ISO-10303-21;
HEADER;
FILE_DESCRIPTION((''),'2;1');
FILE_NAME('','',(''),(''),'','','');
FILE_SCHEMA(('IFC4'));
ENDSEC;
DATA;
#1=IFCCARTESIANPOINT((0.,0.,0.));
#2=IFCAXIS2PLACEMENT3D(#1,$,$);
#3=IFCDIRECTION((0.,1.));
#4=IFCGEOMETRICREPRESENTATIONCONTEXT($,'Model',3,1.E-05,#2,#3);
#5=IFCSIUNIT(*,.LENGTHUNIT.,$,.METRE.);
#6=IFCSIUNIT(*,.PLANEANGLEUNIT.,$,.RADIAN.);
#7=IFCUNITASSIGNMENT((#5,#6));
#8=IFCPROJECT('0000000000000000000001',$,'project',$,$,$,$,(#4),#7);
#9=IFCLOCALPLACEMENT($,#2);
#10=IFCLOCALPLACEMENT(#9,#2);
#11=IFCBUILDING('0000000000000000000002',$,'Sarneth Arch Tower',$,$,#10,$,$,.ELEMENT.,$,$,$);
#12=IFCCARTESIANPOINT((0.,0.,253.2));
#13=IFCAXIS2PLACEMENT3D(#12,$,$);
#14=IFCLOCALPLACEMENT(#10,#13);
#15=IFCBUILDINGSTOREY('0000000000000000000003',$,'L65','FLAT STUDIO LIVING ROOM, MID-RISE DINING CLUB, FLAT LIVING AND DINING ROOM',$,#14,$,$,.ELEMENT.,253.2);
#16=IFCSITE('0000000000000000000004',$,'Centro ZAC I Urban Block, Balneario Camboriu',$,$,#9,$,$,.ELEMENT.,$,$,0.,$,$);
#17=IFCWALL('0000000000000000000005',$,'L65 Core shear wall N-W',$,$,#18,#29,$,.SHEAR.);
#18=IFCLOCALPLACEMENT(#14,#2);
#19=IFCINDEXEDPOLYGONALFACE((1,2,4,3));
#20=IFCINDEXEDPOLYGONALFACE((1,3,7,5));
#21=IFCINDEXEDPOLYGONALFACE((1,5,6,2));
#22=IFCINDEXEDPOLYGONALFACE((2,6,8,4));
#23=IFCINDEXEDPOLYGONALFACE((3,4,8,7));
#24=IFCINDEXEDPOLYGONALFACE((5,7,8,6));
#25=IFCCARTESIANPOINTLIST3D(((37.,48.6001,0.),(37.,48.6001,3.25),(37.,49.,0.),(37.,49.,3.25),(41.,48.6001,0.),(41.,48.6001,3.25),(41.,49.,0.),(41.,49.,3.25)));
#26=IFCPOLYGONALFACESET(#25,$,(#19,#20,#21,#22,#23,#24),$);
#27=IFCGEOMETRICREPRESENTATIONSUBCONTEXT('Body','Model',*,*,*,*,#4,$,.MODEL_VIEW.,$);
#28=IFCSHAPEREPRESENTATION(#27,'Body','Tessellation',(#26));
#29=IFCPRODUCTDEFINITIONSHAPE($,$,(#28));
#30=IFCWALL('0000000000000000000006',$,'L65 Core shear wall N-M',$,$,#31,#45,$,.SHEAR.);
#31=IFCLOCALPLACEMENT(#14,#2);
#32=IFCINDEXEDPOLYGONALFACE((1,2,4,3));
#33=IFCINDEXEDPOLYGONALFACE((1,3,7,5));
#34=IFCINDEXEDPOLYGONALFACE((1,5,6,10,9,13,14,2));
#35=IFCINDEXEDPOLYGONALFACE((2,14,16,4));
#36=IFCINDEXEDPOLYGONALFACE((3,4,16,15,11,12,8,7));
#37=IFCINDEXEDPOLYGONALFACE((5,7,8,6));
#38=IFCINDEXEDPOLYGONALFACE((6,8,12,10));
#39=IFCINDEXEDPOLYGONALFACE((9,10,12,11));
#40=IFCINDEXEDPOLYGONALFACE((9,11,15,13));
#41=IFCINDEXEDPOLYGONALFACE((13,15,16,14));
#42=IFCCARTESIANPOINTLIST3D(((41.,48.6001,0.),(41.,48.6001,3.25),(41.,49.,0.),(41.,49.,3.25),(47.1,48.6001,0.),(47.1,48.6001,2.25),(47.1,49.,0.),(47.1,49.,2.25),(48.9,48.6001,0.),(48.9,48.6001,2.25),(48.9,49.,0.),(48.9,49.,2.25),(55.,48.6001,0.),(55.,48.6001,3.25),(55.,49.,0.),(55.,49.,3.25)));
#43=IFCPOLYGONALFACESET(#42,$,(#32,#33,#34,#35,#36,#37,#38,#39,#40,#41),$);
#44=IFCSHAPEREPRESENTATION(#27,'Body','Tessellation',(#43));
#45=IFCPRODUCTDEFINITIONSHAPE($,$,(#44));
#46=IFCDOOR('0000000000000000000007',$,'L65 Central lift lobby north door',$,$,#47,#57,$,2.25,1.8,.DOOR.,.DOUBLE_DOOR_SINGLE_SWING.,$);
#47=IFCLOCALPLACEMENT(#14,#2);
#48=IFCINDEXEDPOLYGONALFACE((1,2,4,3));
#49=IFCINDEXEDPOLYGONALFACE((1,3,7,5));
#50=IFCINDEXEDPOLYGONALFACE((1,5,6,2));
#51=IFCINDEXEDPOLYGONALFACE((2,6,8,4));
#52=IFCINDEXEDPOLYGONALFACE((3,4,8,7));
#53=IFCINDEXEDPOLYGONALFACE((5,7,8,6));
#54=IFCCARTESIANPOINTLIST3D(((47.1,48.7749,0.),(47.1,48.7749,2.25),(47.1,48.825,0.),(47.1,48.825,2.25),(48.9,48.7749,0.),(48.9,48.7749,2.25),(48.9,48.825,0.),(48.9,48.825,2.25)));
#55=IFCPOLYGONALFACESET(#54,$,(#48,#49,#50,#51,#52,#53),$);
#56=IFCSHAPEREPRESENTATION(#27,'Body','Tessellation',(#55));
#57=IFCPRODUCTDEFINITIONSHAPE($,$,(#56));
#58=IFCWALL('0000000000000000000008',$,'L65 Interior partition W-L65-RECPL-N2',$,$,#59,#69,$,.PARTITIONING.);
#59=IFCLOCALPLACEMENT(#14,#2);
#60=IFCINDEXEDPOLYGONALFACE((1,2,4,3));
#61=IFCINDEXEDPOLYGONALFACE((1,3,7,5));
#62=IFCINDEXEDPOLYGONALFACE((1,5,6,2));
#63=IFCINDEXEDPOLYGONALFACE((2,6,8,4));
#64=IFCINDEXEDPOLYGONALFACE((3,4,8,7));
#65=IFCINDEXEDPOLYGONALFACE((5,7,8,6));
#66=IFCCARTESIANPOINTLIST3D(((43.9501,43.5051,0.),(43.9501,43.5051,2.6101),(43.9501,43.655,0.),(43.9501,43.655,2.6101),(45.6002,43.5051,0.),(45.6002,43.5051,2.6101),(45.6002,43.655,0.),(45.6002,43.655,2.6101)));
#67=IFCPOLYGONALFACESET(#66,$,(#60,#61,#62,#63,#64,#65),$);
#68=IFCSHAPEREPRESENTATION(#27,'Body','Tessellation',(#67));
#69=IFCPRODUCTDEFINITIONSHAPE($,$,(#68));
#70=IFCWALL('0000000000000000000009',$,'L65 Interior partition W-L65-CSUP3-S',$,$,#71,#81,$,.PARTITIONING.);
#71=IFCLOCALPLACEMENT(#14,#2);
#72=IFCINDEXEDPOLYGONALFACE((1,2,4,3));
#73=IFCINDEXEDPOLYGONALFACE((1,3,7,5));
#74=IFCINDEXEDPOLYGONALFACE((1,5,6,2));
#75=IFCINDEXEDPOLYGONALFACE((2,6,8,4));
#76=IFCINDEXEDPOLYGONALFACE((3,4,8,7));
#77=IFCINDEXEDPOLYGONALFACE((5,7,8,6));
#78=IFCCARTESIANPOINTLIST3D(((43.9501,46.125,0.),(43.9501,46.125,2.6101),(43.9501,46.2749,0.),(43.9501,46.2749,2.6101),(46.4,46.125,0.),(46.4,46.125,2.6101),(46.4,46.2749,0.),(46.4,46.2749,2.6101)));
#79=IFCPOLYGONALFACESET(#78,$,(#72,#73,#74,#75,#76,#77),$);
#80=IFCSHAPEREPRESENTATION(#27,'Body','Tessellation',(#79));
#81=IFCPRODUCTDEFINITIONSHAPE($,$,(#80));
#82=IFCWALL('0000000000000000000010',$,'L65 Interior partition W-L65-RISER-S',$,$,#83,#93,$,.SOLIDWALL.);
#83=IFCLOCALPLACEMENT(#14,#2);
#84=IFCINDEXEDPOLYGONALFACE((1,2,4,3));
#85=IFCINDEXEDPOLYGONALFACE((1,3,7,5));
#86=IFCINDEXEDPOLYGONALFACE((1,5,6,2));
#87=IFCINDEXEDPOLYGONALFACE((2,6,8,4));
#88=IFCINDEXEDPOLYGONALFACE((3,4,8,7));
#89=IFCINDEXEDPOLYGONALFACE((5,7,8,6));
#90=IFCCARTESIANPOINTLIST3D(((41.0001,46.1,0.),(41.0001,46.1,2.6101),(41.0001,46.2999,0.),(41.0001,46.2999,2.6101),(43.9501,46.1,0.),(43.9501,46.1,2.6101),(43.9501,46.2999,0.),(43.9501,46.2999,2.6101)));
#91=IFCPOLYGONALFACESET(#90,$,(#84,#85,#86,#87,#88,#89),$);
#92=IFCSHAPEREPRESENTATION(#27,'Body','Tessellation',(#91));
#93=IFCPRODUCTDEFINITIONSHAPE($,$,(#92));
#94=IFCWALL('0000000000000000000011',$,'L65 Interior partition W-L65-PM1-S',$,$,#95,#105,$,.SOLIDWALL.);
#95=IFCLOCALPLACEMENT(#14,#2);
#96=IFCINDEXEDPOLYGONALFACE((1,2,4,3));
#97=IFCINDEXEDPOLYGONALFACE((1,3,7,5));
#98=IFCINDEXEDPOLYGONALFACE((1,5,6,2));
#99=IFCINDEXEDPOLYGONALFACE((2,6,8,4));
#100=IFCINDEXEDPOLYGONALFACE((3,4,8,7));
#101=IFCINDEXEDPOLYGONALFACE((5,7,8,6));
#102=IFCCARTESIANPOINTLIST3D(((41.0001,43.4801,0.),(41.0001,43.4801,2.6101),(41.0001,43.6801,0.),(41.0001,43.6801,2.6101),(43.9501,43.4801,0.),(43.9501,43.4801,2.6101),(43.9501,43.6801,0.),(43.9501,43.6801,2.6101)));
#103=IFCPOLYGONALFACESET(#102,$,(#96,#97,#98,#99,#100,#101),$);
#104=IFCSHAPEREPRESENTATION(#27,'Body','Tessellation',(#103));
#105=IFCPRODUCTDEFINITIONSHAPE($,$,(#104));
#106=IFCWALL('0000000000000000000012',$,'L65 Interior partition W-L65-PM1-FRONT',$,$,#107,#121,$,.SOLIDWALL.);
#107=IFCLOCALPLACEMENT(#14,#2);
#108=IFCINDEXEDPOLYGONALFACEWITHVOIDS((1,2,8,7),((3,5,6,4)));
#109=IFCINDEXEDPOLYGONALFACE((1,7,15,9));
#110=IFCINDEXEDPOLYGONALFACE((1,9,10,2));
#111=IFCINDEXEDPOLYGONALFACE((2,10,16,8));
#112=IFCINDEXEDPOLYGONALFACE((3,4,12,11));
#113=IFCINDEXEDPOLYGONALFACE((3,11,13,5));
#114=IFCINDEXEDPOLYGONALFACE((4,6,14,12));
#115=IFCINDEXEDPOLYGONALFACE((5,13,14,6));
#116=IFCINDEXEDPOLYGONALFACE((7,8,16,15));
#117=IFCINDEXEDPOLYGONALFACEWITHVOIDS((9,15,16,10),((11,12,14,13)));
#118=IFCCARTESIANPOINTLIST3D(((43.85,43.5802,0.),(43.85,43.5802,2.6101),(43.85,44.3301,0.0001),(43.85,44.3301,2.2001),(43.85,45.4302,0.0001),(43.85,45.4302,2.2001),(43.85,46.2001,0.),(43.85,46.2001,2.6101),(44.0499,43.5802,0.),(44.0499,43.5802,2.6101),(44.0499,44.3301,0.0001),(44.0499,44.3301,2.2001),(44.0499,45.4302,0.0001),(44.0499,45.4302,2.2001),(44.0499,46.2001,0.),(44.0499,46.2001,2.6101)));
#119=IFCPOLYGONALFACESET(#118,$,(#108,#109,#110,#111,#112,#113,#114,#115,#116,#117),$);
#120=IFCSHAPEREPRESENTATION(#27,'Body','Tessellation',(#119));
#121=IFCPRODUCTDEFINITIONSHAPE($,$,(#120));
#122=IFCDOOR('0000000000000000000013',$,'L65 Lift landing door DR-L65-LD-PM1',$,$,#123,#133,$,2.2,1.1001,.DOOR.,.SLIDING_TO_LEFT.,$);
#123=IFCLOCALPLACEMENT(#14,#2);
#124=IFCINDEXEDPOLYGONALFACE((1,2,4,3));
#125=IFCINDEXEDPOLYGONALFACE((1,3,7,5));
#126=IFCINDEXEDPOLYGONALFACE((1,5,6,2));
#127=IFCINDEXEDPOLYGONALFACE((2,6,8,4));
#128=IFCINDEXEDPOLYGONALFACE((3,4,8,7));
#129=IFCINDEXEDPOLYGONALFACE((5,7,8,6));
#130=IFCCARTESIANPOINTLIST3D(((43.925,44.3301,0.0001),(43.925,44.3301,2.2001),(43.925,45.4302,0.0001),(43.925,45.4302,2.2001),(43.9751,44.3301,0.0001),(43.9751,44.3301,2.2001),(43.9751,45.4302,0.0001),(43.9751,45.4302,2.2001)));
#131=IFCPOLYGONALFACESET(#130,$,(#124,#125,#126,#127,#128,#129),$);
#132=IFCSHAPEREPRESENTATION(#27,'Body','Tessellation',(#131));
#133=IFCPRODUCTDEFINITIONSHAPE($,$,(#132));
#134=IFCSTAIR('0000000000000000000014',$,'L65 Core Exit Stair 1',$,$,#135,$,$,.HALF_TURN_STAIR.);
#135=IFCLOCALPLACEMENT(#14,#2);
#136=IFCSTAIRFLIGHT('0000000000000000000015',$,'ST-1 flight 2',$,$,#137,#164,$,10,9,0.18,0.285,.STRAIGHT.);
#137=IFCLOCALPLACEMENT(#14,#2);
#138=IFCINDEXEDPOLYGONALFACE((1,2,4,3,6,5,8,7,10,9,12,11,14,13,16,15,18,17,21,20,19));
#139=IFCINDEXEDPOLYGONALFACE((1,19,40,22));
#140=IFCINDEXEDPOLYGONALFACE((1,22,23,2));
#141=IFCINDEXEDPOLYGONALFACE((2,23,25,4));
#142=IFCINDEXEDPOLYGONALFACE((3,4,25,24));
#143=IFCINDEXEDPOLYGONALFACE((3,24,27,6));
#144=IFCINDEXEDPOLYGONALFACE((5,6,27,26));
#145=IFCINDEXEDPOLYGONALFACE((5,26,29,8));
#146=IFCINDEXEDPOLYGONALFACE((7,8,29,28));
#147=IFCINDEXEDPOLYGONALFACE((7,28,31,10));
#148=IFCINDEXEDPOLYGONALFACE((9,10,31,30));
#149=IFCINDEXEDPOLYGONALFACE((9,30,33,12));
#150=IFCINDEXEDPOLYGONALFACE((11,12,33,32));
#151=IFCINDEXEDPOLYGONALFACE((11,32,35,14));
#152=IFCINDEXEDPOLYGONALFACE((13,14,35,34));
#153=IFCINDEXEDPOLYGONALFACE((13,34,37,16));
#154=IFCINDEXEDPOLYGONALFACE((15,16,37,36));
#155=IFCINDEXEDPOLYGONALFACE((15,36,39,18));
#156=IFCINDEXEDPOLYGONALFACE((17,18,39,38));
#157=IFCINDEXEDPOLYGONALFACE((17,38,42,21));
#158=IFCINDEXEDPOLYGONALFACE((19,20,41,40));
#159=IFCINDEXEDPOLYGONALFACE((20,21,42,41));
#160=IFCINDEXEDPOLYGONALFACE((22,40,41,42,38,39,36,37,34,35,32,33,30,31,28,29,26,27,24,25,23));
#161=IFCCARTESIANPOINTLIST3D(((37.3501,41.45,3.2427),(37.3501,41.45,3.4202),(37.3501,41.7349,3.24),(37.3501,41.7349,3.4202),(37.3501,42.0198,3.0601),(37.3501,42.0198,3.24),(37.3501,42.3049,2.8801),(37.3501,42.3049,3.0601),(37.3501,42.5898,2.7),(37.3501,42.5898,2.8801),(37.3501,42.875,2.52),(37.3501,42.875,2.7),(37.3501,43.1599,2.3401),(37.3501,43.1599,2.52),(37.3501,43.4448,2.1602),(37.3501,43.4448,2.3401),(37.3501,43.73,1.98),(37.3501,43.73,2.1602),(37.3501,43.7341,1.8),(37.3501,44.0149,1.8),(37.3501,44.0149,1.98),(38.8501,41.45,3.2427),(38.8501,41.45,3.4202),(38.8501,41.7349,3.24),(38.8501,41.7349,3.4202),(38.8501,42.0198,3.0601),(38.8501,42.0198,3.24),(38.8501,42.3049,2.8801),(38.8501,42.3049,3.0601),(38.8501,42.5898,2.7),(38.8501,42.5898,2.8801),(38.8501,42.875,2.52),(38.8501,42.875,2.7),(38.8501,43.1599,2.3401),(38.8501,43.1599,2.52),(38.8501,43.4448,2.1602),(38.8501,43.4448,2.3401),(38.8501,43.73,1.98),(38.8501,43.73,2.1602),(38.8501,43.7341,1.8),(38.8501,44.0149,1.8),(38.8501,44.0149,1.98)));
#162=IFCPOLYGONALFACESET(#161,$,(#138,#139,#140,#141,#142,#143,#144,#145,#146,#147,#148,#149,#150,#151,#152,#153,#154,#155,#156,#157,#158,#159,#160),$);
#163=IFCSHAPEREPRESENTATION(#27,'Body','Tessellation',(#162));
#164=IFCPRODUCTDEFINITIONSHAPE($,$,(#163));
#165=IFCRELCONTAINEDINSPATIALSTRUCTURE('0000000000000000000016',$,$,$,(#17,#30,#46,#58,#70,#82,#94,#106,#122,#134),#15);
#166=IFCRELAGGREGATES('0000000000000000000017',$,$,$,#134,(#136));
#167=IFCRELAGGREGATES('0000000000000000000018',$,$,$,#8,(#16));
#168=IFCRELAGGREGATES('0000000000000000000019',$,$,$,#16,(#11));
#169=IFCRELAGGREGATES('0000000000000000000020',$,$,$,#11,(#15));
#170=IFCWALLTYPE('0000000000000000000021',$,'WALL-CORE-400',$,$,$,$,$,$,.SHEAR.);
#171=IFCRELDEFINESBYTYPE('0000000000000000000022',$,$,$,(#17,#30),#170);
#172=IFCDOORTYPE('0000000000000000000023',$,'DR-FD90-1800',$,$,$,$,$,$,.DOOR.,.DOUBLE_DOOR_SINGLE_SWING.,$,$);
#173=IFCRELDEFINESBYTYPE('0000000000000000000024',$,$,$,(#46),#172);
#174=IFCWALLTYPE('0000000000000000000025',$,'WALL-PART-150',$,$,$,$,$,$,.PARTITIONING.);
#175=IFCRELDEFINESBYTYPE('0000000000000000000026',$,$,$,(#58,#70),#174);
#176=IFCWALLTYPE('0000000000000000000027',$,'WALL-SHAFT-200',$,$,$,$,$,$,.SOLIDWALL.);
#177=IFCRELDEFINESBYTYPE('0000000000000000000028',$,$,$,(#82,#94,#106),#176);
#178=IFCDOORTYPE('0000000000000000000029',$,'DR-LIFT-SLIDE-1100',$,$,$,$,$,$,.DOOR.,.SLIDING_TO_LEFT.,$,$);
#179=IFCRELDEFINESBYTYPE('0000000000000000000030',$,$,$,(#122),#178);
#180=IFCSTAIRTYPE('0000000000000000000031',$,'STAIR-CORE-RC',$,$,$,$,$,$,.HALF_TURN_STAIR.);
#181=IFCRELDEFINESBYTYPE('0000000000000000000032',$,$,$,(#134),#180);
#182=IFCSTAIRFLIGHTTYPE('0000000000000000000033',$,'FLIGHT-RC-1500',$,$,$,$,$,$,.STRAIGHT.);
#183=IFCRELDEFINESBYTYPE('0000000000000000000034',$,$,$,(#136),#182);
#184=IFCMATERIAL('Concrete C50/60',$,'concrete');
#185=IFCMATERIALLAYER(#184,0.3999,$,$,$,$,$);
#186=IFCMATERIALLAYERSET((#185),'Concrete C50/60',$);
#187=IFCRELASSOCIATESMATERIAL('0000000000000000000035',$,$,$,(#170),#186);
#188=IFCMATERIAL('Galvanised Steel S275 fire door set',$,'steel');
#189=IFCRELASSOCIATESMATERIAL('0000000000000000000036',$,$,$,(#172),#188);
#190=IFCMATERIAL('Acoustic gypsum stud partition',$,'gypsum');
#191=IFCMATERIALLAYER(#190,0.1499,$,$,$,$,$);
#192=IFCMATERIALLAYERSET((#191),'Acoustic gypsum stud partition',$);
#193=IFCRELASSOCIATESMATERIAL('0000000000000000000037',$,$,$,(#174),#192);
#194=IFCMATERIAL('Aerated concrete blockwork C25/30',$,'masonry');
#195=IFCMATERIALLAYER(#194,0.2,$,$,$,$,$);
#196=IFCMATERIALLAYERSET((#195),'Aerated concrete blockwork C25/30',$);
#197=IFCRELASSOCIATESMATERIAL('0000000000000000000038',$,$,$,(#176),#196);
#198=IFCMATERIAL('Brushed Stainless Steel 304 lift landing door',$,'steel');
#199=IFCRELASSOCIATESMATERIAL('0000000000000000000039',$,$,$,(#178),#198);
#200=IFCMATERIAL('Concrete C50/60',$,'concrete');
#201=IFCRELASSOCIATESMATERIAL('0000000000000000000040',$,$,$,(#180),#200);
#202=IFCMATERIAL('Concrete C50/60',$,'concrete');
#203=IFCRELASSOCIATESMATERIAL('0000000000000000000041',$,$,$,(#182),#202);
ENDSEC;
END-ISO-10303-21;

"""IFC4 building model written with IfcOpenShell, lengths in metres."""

from ifc_helpers import new_model, si_unit, direction, frame, frame_2d, origin, place, context, subcontext, project, spatial, polyline, rectangle, outline, extrude, material, layer, layer_set, type_object, element, fill, aggregate, save


model = new_model("IFC4")

# Units and contexts
model_context = context("Model", 3, precision=1e-05, world=origin(), true_north=direction((0.0, 1.0)))
body_context = subcontext(model_context, "Body", "Model", "MODEL_VIEW")
ifc_project = project(units=[si_unit("LENGTHUNIT", "METRE"), si_unit("PLANEANGLEUNIT", "RADIAN")], contexts=[model_context])

# Site, building, storey
site_placement = place(None, origin())
site = spatial("IfcSite", under=ifc_project, at=site_placement, Name="Centro ZAC I Urban Block, Balneario Camboriu", CompositionType="ELEMENT", RefElevation=0.0)
building_placement = place(site_placement, origin())
building = spatial("IfcBuilding", under=site, at=building_placement, Name="Sarneth Arch Tower", CompositionType="ELEMENT")
storey_placement = place(building_placement, frame((0.0, 0.0, 253.2)))
storey = spatial("IfcBuildingStorey", under=building, at=storey_placement, Name="L65", Description="FLAT STUDIO LIVING ROOM, MID-RISE DINING CLUB, FLAT LIVING AND DINING ROOM", CompositionType="ELEMENT", Elevation=253.2)

# Wall
ifc_material_1 = material(Name="Concrete C50/60", Category="concrete")
ifc_layer_1 = layer(ifc_material_1, 0.3999)
ifc_layer_set_1 = layer_set([ifc_layer_1], Name="Concrete C50/60")
wall_type_1 = type_object("IfcWallType", Name="WALL-CORE-400", PredefinedType="SHEAR", material=ifc_layer_set_1)
wall_1_placement = place(storey_placement, frame((37.0, 48.8, 0.0), z_axis=(0.0, 0.0, 1.0), x_axis=(1.0, 0.0, 0.0)))
element("IfcWall", 1, at=wall_1_placement, inside=storey, type_object=wall_type_1, Name="L65 Core shear wall N-W", PredefinedType="SHEAR", context=body_context, shape_type="SweptSolid", body=[
    extrude(rectangle(XDim=4.0, YDim=0.3999, at=frame_2d((2.0, 0.0))), origin(), (0.0, 0.0, 1.0), 3.25),
])

# Wall, opening, door
wall_2_placement = place(storey_placement, frame((41.0, 48.8, 0.0), z_axis=(0.0, 0.0, 1.0), x_axis=(1.0, 0.0, 0.0)))
wall_2 = element("IfcWall", 2, at=wall_2_placement, inside=storey, type_object=wall_type_1, Name="L65 Core shear wall N-M", PredefinedType="SHEAR", context=body_context, shape_type="SweptSolid", body=[
    extrude(rectangle(XDim=14.0, YDim=0.3999, at=frame_2d((7.0, 0.0))), origin(), (0.0, 0.0, 1.0), 3.25),
])
opening_1_placement = place(wall_2_placement, frame((6.1001, 0.0, 0.0)))
opening_1 = element("IfcOpeningElement", 3, at=opening_1_placement, cuts=wall_2, PredefinedType="OPENING", context=body_context, shape_type="SweptSolid", body=[
    extrude(rectangle(XDim=1.8, YDim=2.25, at=frame_2d((0.8999, 1.125))), frame((0.0, 0.21, 0.0), z_axis=(0.0, -1.0, 0.0), x_axis=(1.0, 0.0, 0.0)), (0.0, 0.0, 1.0), 0.4199),
])
ifc_material_2 = material(Name="Galvanised Steel S275 fire door set", Category="steel")
door_type_1 = type_object("IfcDoorType", Name="DR-FD90-1800", OperationType="DOUBLE_DOOR_SINGLE_SWING", PredefinedType="DOOR", material=ifc_material_2)
door_1_placement = place(opening_1_placement, origin())
door_1 = element("IfcDoor", 4, at=door_1_placement, inside=storey, type_object=door_type_1, Name="L65 Central lift lobby north door", OperationType="DOUBLE_DOOR_SINGLE_SWING", OverallHeight=2.25, OverallWidth=1.8, PredefinedType="DOOR", context=body_context, shape_type="SweptSolid", body=[
    extrude(rectangle(XDim=1.8, YDim=2.25, at=frame_2d((0.8999, 1.125))), frame((0.0, 0.0249, 0.0), z_axis=(0.0, -1.0, 0.0), x_axis=(1.0, 0.0, 0.0)), (0.0, 0.0, 1.0), 0.05),
])
fill(opening_1, door_1)

# Walls
ifc_material_3 = material(Name="Acoustic gypsum stud partition", Category="gypsum")
ifc_layer_2 = layer(ifc_material_3, 0.1499)
ifc_layer_set_2 = layer_set([ifc_layer_2], Name="Acoustic gypsum stud partition")
wall_type_2 = type_object("IfcWallType", Name="WALL-PART-150", PredefinedType="PARTITIONING", material=ifc_layer_set_2)
wall_3_placement = place(storey_placement, frame((43.95, 43.5801, 0.0), z_axis=(0.0, 0.0, 1.0), x_axis=(1.0, 0.0, 0.0)))
element("IfcWall", 5, at=wall_3_placement, inside=storey, type_object=wall_type_2, Name="L65 Interior partition W-L65-RECPL-N2", PredefinedType="PARTITIONING", context=body_context, shape_type="SweptSolid", body=[
    extrude(rectangle(XDim=1.6501, YDim=0.1499, at=frame_2d((0.8252, 0.0))), origin(), (0.0, 0.0, 1.0), 2.6101),
])
wall_4_placement = place(storey_placement, frame((43.95, 46.2, 0.0), z_axis=(0.0, 0.0, 1.0), x_axis=(1.0, 0.0, 0.0)))
element("IfcWall", 6, at=wall_4_placement, inside=storey, type_object=wall_type_2, Name="L65 Interior partition W-L65-CSUP3-S", PredefinedType="PARTITIONING", context=body_context, shape_type="SweptSolid", body=[
    extrude(rectangle(XDim=2.45, YDim=0.1499, at=frame_2d((1.2251, 0.0))), origin(), (0.0, 0.0, 1.0), 2.6101),
])

# Wall
ifc_material_4 = material(Name="Aerated concrete blockwork C25/30", Category="masonry")
ifc_layer_3 = layer(ifc_material_4, 0.2)
ifc_layer_set_3 = layer_set([ifc_layer_3], Name="Aerated concrete blockwork C25/30")
wall_type_3 = type_object("IfcWallType", Name="WALL-SHAFT-200", PredefinedType="SOLIDWALL", material=ifc_layer_set_3)
wall_5_placement = place(storey_placement, frame((41.0, 46.2, 0.0), z_axis=(0.0, 0.0, 1.0), x_axis=(1.0, 0.0, 0.0)))
element("IfcWall", 7, at=wall_5_placement, inside=storey, type_object=wall_type_3, Name="L65 Interior partition W-L65-RISER-S", PredefinedType="SOLIDWALL", context=body_context, shape_type="SweptSolid", body=[
    extrude(rectangle(XDim=2.95, YDim=0.2, at=frame_2d((1.4751, 0.0))), origin(), (0.0, 0.0, 1.0), 2.6101),
])

# Wall
wall_6_placement = place(storey_placement, frame((41.0, 43.5801, 0.0), z_axis=(0.0, 0.0, 1.0), x_axis=(1.0, 0.0, 0.0)))
element("IfcWall", 8, at=wall_6_placement, inside=storey, type_object=wall_type_3, Name="L65 Interior partition W-L65-PM1-S", PredefinedType="SOLIDWALL", context=body_context, shape_type="SweptSolid", body=[
    extrude(rectangle(XDim=2.95, YDim=0.2, at=frame_2d((1.4751, 0.0))), origin(), (0.0, 0.0, 1.0), 2.6101),
])

# Wall, opening, door
wall_7_placement = place(storey_placement, frame((43.95, 43.5801, 0.0), z_axis=(0.0, 0.0, 1.0), x_axis=(0.0, 1.0, 0.0)))
wall_7 = element("IfcWall", 9, at=wall_7_placement, inside=storey, type_object=wall_type_3, Name="L65 Interior partition W-L65-PM1-FRONT", PredefinedType="SOLIDWALL", context=body_context, shape_type="SweptSolid", body=[
    extrude(rectangle(XDim=2.6199, YDim=0.2, at=frame_2d((1.3101, 0.0))), origin(), (0.0, 0.0, 1.0), 2.6101),
])
opening_2_placement = place(wall_7_placement, frame((0.75, 0.0, 0.0)))
opening_2 = element("IfcOpeningElement", 10, at=opening_2_placement, cuts=wall_7, PredefinedType="OPENING", context=body_context, shape_type="SweptSolid", body=[
    extrude(rectangle(XDim=1.1001, YDim=2.2, at=frame_2d((0.55, 1.1001))), frame((0.0, 0.1099, 0.0), z_axis=(0.0, -1.0, 0.0), x_axis=(1.0, 0.0, 0.0)), (0.0, 0.0, 1.0), 0.22),
])
ifc_material_5 = material(Name="Brushed Stainless Steel 304 lift landing door", Category="steel")
door_type_2 = type_object("IfcDoorType", Name="DR-LIFT-SLIDE-1100", OperationType="SLIDING_TO_LEFT", PredefinedType="DOOR", material=ifc_material_5)
door_2_placement = place(opening_2_placement, origin())
door_2 = element("IfcDoor", 11, at=door_2_placement, inside=storey, type_object=door_type_2, Name="L65 Lift landing door DR-L65-LD-PM1", OperationType="SLIDING_TO_LEFT", OverallHeight=2.2, OverallWidth=1.1001, PredefinedType="DOOR", context=body_context, shape_type="SweptSolid", body=[
    extrude(rectangle(XDim=1.1001, YDim=2.2, at=frame_2d((0.55, 1.1001))), frame((0.0, 0.0249, 0.0), z_axis=(0.0, -1.0, 0.0), x_axis=(1.0, 0.0, 0.0)), (0.0, 0.0, 1.0), 0.05),
])
fill(opening_2, door_2)

# Stair, stair flight
ifc_material_6 = material(Name="Concrete C50/60", Category="concrete")
stair_type = type_object("IfcStairType", Name="STAIR-CORE-RC", PredefinedType="HALF_TURN_STAIR", material=ifc_material_6)
stair_placement = place(storey_placement, origin())
stair = element("IfcStair", 12, at=stair_placement, inside=storey, type_object=stair_type, Name="L65 Core Exit Stair 1", PredefinedType="HALF_TURN_STAIR")
ifc_material_7 = material(Name="Concrete C50/60", Category="concrete")
stair_flight_type = type_object("IfcStairFlightType", Name="FLIGHT-RC-1500", PredefinedType="STRAIGHT", material=ifc_material_7)
stair_flight_placement = place(storey_placement, frame((38.1001, 44.0149, 1.8), z_axis=(0.0, 0.0, 1.0), x_axis=(0.0, -1.0, 0.0)))
stair_flight = element("IfcStairFlight", 13, at=stair_flight_placement, type_object=stair_flight_type, Name="ST-1 flight 2", NumberOfRisers=10, NumberOfTreads=9, PredefinedType="STRAIGHT", RiserHeight=0.18, TreadLength=0.285, context=body_context, shape_type="SweptSolid", body=[
    extrude(outline(polyline([(0.0, 0.0), (0.0, 0.1799), (0.2849, 0.1799), (0.2849, 0.3601), (0.5701, 0.3601), (0.5701, 0.54), (0.855, 0.54), (0.855, 0.72), (1.1399, 0.72), (1.1399, 0.8999), (1.425, 0.8999), (1.425, 1.0801), (1.71, 1.0801), (1.71, 1.26), (1.9951, 1.26), (1.9951, 1.4399), (2.28, 1.4399), (2.28, 1.6201), (2.5649, 1.6201), (2.5649, 1.8), (2.5649, 1.4426), (0.2808, 0.0), (0.0, 0.0)])), frame((0.0, 0.75, 0.0), z_axis=(0.0, -1.0, 0.0), x_axis=(1.0, 0.0, 0.0)), (0.0, 0.0, 1.0), 1.5),
])
aggregate(stair, [stair_flight])

save(model, "model.ifc")
